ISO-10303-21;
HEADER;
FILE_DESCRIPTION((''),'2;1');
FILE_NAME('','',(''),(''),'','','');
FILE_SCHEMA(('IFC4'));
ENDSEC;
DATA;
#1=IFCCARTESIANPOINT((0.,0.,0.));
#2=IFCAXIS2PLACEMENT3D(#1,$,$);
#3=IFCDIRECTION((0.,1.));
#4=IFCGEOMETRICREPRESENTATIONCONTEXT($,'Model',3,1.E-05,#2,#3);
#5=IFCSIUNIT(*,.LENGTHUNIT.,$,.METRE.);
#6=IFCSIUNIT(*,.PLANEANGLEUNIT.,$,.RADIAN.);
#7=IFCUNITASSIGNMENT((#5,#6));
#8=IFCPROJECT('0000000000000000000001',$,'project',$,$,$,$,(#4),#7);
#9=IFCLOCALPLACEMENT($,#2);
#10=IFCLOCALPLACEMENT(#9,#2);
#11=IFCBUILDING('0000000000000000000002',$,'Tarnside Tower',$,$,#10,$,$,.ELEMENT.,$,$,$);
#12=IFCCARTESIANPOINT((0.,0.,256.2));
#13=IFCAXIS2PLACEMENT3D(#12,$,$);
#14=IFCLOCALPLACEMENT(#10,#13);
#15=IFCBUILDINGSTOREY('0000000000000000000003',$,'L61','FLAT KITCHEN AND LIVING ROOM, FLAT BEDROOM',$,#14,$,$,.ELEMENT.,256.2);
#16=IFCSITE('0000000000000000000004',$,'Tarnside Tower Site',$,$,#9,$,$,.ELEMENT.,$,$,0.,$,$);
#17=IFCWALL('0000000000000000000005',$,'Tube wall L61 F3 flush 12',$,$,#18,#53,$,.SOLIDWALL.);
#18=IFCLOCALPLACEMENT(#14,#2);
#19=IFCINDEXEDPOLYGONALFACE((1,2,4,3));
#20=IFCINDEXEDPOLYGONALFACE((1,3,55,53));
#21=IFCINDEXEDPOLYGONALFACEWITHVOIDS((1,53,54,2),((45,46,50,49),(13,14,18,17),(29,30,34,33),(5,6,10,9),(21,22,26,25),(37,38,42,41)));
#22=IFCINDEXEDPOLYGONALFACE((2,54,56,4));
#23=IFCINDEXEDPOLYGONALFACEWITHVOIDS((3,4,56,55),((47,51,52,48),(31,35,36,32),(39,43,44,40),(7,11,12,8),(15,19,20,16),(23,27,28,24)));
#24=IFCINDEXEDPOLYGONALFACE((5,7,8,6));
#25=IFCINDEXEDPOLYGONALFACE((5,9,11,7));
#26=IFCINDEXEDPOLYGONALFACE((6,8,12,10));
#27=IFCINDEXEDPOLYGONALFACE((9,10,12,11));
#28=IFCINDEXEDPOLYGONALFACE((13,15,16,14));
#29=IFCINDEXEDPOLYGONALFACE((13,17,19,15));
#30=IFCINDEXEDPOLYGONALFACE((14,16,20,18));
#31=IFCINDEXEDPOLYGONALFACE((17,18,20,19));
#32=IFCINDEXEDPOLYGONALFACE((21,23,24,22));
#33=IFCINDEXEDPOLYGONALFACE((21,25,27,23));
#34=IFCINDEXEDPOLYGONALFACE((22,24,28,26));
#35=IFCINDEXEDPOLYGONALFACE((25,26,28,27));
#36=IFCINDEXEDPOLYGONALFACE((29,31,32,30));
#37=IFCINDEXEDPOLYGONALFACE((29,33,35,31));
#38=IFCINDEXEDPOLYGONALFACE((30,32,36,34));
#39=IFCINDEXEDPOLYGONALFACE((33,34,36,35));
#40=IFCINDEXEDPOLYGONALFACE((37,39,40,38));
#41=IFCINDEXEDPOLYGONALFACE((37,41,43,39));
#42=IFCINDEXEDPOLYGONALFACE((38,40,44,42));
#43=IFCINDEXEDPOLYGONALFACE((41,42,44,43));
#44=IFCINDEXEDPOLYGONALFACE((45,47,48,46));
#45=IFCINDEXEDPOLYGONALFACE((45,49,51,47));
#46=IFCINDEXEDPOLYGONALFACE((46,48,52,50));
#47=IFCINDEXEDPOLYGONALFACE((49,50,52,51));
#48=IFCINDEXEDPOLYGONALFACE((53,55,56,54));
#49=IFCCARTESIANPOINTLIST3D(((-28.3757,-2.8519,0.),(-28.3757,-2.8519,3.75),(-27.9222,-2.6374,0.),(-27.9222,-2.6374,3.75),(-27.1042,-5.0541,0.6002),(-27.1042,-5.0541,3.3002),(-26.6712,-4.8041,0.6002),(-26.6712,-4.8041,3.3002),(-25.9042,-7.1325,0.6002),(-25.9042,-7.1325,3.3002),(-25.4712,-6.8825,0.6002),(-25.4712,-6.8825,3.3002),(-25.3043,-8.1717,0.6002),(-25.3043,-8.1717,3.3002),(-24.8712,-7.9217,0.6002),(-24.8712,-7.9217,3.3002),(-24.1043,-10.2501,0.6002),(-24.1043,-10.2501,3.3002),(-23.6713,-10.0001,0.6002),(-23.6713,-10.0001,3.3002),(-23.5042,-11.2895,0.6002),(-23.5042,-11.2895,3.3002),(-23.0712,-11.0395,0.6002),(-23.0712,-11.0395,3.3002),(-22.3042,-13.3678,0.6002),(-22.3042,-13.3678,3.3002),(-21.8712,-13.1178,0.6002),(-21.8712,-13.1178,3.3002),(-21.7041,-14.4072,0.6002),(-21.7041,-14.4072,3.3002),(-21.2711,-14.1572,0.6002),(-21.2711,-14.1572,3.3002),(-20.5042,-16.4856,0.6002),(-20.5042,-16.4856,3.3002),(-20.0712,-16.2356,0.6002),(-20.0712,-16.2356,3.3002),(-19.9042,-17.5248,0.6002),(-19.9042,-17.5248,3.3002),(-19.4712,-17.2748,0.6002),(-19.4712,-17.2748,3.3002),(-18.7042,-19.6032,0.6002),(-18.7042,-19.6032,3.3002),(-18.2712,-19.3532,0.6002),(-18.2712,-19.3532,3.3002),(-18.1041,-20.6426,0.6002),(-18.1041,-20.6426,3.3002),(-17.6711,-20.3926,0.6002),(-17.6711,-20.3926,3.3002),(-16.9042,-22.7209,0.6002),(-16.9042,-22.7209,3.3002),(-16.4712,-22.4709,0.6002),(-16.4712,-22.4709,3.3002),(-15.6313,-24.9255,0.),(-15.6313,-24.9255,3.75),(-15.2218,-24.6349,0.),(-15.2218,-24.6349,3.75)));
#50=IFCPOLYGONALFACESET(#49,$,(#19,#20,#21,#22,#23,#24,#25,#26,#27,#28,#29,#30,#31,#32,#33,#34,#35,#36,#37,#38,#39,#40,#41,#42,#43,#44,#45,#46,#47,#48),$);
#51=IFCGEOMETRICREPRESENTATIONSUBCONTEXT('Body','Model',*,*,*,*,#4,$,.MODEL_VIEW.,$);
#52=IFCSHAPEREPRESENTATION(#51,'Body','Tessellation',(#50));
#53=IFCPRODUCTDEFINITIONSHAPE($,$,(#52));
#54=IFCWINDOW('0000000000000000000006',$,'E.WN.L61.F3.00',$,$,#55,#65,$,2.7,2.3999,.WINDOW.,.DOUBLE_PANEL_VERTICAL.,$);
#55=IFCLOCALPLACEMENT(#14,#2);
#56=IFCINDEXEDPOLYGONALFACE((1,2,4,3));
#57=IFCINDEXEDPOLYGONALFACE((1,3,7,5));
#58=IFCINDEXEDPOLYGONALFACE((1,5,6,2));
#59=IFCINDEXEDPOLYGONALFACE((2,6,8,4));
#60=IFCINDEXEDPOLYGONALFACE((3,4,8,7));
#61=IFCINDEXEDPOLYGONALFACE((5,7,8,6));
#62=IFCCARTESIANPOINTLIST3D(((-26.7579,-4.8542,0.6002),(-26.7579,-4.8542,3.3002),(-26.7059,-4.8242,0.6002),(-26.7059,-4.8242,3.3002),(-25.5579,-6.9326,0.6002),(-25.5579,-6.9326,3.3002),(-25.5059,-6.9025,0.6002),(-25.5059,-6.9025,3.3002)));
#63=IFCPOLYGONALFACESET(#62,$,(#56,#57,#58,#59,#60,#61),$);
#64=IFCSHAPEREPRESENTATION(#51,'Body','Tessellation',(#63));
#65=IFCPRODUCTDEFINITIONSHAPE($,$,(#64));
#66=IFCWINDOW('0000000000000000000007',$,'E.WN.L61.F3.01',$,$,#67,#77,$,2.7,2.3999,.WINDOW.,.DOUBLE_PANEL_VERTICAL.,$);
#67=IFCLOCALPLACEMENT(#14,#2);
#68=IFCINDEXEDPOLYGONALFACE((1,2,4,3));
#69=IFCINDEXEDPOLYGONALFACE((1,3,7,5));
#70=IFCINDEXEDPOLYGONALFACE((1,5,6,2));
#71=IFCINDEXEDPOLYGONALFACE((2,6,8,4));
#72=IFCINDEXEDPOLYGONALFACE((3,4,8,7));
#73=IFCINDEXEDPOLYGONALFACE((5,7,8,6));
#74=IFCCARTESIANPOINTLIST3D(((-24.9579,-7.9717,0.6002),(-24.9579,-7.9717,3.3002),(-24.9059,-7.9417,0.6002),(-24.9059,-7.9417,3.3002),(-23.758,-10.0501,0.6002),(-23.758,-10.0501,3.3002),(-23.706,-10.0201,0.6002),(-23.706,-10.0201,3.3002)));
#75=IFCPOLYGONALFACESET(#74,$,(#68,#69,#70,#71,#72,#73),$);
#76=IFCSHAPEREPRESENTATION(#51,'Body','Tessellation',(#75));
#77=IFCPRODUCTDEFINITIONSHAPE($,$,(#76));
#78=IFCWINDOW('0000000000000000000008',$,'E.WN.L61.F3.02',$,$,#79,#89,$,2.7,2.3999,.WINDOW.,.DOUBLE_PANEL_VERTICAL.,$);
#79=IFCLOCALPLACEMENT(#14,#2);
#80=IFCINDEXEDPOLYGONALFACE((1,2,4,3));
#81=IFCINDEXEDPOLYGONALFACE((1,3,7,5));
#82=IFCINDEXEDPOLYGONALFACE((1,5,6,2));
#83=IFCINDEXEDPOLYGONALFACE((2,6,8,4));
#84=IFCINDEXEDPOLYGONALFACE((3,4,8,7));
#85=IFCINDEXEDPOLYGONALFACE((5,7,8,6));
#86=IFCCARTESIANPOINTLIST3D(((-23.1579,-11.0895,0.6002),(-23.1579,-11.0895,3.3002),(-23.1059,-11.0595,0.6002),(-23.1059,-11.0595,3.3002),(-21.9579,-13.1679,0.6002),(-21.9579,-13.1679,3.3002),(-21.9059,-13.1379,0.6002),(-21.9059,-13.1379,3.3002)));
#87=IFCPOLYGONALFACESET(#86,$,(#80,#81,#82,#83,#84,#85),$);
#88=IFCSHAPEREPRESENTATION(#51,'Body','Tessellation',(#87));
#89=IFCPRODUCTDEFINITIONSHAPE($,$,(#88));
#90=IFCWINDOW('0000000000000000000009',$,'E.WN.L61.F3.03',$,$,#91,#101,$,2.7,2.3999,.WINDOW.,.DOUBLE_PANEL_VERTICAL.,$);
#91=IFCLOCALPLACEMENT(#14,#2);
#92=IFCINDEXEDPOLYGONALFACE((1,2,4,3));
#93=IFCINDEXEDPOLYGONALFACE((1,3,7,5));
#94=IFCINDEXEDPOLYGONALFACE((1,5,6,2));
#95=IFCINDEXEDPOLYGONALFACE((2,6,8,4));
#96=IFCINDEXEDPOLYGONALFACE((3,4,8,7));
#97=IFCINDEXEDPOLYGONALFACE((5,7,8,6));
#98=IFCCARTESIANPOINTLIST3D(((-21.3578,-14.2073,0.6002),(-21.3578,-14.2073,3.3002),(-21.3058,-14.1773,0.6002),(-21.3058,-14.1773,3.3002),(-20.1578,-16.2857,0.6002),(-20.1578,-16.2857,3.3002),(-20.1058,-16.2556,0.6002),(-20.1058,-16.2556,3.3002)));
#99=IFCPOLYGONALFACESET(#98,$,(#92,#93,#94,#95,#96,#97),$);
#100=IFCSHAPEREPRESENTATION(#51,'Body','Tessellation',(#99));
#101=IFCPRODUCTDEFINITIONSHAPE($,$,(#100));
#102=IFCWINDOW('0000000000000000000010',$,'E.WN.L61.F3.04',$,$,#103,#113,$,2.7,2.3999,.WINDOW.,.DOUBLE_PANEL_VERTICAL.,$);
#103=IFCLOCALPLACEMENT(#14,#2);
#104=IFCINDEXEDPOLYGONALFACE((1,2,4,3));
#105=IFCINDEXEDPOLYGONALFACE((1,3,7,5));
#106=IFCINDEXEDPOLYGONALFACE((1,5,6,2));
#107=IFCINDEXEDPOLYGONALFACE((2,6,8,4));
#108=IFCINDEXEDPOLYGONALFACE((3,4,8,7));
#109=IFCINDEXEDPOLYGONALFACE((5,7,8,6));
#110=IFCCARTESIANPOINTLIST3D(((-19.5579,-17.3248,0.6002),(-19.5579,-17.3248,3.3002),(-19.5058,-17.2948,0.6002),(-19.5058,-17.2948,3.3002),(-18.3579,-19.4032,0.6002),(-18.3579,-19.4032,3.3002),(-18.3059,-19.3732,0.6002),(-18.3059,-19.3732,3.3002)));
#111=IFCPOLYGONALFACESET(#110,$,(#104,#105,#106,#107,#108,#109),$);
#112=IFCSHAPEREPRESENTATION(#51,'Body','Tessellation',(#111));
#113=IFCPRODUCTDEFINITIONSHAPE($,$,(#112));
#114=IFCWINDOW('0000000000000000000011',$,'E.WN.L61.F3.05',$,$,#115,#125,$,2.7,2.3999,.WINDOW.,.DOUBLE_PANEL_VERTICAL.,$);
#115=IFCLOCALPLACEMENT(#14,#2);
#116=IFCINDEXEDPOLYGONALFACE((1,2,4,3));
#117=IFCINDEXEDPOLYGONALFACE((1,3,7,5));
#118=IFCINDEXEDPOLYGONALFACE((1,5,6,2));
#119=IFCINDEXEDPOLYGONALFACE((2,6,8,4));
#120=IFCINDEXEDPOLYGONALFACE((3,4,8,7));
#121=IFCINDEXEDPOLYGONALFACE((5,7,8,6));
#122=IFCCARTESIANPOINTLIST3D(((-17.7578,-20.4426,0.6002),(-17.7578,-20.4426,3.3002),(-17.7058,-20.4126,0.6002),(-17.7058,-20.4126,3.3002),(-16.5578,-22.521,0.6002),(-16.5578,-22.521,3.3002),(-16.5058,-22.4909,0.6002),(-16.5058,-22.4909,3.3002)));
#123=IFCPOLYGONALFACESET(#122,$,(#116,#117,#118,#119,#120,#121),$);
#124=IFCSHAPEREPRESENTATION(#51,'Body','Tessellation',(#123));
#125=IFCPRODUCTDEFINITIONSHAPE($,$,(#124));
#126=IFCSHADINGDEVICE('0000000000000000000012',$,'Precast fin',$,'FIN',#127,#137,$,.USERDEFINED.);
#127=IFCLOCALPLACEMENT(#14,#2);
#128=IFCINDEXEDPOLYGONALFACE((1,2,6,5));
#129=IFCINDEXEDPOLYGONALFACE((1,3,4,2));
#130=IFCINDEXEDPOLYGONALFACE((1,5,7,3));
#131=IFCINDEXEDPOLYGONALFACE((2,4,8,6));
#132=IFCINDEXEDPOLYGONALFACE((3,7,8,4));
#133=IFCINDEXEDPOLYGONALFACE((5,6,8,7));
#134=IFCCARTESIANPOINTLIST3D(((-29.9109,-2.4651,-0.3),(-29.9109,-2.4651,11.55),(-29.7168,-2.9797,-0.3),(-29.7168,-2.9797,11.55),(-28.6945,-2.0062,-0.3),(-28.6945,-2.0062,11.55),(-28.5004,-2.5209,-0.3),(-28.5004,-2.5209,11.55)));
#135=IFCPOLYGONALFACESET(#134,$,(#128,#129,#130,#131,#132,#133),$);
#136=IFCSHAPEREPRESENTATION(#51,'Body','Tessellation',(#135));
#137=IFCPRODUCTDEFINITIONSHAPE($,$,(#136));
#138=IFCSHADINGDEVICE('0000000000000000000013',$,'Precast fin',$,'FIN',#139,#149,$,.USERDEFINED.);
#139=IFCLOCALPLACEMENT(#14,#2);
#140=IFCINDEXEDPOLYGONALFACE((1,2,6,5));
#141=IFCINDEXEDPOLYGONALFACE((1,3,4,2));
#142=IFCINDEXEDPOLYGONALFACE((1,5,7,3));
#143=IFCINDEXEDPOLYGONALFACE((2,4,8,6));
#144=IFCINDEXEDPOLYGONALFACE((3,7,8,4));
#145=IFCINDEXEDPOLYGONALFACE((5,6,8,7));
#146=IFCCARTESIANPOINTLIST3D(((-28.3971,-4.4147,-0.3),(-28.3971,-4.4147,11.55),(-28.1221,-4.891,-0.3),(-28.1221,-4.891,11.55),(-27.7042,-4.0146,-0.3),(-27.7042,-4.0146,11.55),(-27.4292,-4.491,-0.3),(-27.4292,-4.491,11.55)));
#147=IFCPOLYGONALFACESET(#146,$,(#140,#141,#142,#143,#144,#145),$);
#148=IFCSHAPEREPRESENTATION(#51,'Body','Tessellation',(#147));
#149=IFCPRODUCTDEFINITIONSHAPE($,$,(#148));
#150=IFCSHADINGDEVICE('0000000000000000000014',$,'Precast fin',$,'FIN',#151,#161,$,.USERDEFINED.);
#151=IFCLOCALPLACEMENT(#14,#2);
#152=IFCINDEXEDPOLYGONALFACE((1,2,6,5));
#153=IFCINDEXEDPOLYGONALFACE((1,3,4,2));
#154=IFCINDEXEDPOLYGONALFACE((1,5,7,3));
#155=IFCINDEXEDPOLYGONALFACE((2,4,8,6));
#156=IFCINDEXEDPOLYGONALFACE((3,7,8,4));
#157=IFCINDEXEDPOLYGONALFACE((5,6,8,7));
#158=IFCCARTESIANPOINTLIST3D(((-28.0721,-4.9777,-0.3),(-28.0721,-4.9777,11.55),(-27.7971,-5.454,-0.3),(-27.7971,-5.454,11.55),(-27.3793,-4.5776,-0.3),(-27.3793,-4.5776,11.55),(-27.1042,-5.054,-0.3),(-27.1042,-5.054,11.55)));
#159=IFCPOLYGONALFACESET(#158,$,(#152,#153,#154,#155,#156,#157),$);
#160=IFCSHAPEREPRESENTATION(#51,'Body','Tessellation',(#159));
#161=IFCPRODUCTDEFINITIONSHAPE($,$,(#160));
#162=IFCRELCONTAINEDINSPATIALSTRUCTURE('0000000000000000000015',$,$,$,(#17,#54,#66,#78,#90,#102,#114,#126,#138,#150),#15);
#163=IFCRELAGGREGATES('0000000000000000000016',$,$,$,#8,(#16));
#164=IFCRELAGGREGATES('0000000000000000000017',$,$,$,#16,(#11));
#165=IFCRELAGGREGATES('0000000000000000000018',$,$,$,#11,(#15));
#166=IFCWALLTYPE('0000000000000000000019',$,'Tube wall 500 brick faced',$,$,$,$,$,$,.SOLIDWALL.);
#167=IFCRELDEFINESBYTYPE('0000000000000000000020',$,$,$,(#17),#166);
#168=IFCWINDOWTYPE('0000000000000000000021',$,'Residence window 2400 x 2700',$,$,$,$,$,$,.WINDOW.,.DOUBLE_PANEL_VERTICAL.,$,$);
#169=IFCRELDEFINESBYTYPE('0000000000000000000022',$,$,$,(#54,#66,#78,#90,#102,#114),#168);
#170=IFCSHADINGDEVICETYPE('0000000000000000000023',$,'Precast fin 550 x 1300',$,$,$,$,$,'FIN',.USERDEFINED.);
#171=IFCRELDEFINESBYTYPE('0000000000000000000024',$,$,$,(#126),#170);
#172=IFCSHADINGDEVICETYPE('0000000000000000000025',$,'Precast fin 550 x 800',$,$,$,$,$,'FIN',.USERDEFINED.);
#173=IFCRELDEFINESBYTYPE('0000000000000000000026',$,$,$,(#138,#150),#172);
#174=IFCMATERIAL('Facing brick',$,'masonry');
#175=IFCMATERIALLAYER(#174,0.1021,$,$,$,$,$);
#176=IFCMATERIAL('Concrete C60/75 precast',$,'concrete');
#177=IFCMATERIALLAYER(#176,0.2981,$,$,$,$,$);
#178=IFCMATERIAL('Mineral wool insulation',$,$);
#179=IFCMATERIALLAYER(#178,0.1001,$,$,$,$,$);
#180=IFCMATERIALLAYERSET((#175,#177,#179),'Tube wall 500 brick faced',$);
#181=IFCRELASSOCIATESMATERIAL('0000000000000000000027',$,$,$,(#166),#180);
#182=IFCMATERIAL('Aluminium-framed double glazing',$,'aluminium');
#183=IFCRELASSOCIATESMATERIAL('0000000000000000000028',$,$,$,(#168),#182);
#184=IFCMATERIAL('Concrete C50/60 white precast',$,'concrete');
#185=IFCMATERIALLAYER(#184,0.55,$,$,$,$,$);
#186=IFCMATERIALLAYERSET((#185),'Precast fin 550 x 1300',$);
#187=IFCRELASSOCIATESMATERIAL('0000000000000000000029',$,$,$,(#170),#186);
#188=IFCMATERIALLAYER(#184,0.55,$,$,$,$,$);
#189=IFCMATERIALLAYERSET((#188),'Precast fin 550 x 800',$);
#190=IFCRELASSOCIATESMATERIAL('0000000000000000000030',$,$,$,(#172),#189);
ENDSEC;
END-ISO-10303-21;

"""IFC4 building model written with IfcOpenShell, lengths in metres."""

from ifc_helpers import new_model, si_unit, direction, frame, frame_2d, origin, place, context, subcontext, project, spatial, polyline, rectangle, outline, extrude, material, layer, layer_set, type_object, element, fill, save


model = new_model("IFC4")

# Units and contexts
model_context = context("Model", 3, precision=1e-05, world=origin(), true_north=direction((0.0, 1.0)))
body_context = subcontext(model_context, "Body", "Model", "MODEL_VIEW")
ifc_project = project(units=[si_unit("LENGTHUNIT", "METRE"), si_unit("PLANEANGLEUNIT", "RADIAN")], contexts=[model_context])

# Site, building, storey
site_placement = place(None, origin())
site = spatial("IfcSite", under=ifc_project, at=site_placement, Name="Tarnside Tower Site", CompositionType="ELEMENT", RefElevation=0.0)
building_placement = place(site_placement, origin())
building = spatial("IfcBuilding", under=site, at=building_placement, Name="Tarnside Tower", CompositionType="ELEMENT")
storey_placement = place(building_placement, frame((0.0, 0.0, 256.2)))
storey = spatial("IfcBuildingStorey", under=building, at=storey_placement, Name="L61", Description="FLAT KITCHEN AND LIVING ROOM, FLAT BEDROOM", CompositionType="ELEMENT", Elevation=256.2)

# Wall, openings, windows
ifc_material_1 = material(Name="Facing brick", Category="masonry")
ifc_layer_1 = layer(ifc_material_1, 0.1021)
ifc_material_2 = material(Name="Concrete C60/75 precast", Category="concrete")
ifc_layer_2 = layer(ifc_material_2, 0.2981)
ifc_material_3 = material(Name="Mineral wool insulation")
ifc_layer_3 = layer(ifc_material_3, 0.1001)
ifc_layer_set_1 = layer_set([ifc_layer_1, ifc_layer_2, ifc_layer_3], Name="Tube wall 500 brick faced")
wall_type_1 = type_object("IfcWallType", Name="Tube wall 500 brick faced", PredefinedType="SOLIDWALL", material=ifc_layer_set_1)
wall_1_placement = place(storey_placement, frame((-28.1489, -2.7446, 0.0), z_axis=(0.0, 0.0, 1.0), x_axis=(0.500004, -0.866023, 0.0)))
wall_1 = element("IfcWall", 1, at=wall_1_placement, inside=storey, type_object=wall_type_1, Name="Tube wall L61 F3 flush 12", PredefinedType="SOLIDWALL", context=body_context, shape_type="SweptSolid", body=[
    extrude(outline(polyline([(-0.0205, -0.25), (25.468, -0.25), (25.4211, 0.25), (0.0205, 0.25), (-0.0205, -0.25)])), origin(), (0.0, 0.0, 1.0), 3.75),
])
opening_1_placement = place(wall_1_placement, frame((2.5225, 0.0, 0.6001)))
opening_1 = element("IfcOpeningElement", 2, at=opening_1_placement, cuts=wall_1, PredefinedType="OPENING", context=body_context, shape_type="SweptSolid", body=[
    extrude(rectangle(XDim=2.3999, YDim=2.7, at=frame_2d((1.2, 1.3501))), frame((0.0, 0.26, 0.0), z_axis=(0.0, -1.0, 0.0), x_axis=(1.0, 0.0, 0.0)), (0.0, 0.0, 1.0), 0.52),
])
opening_2_placement = place(wall_1_placement, frame((6.1223, 0.0, 0.6001)))
opening_2 = element("IfcOpeningElement", 3, at=opening_2_placement, cuts=wall_1, PredefinedType="OPENING", context=body_context, shape_type="SweptSolid", body=[
    extrude(rectangle(XDim=2.3999, YDim=2.7, at=frame_2d((1.2, 1.3501))), frame((0.0, 0.26, 0.0), z_axis=(0.0, -1.0, 0.0), x_axis=(1.0, 0.0, 0.0)), (0.0, 0.0, 1.0), 0.52),
])
opening_3_placement = place(wall_1_placement, frame((9.7224, 0.0, 0.6001)))
opening_3 = element("IfcOpeningElement", 4, at=opening_3_placement, cuts=wall_1, PredefinedType="OPENING", context=body_context, shape_type="SweptSolid", body=[
    extrude(rectangle(XDim=2.3999, YDim=2.7, at=frame_2d((1.2, 1.3501))), frame((0.0, 0.26, 0.0), z_axis=(0.0, -1.0, 0.0), x_axis=(1.0, 0.0, 0.0)), (0.0, 0.0, 1.0), 0.52),
])
opening_4_placement = place(wall_1_placement, frame((13.3225, 0.0, 0.6001)))
opening_4 = element("IfcOpeningElement", 5, at=opening_4_placement, cuts=wall_1, PredefinedType="OPENING", context=body_context, shape_type="SweptSolid", body=[
    extrude(rectangle(XDim=2.3999, YDim=2.7, at=frame_2d((1.2, 1.3501))), frame((0.0, 0.26, 0.0), z_axis=(0.0, -1.0, 0.0), x_axis=(1.0, 0.0, 0.0)), (0.0, 0.0, 1.0), 0.52),
])
opening_5_placement = place(wall_1_placement, frame((16.9224, 0.0, 0.6001)))
opening_5 = element("IfcOpeningElement", 6, at=opening_5_placement, cuts=wall_1, PredefinedType="OPENING", context=body_context, shape_type="SweptSolid", body=[
    extrude(rectangle(XDim=2.3999, YDim=2.7, at=frame_2d((1.2, 1.3501))), frame((0.0, 0.26, 0.0), z_axis=(0.0, -1.0, 0.0), x_axis=(1.0, 0.0, 0.0)), (0.0, 0.0, 1.0), 0.52),
])
opening_6_placement = place(wall_1_placement, frame((20.5225, 0.0, 0.6001)))
opening_6 = element("IfcOpeningElement", 7, at=opening_6_placement, cuts=wall_1, PredefinedType="OPENING", context=body_context, shape_type="SweptSolid", body=[
    extrude(rectangle(XDim=2.3999, YDim=2.7, at=frame_2d((1.2, 1.3501))), frame((0.0, 0.26, 0.0), z_axis=(0.0, -1.0, 0.0), x_axis=(1.0, 0.0, 0.0)), (0.0, 0.0, 1.0), 0.52),
])
ifc_material_4 = material(Name="Aluminium-framed double glazing", Category="aluminium")
window_type = type_object("IfcWindowType", Name="Residence window 2400 x 2700", PartitioningType="DOUBLE_PANEL_VERTICAL", PredefinedType="WINDOW", material=ifc_material_4)
window_1_placement = place(opening_1_placement, frame((0.0, 0.1799, 0.0)))
window_1 = element("IfcWindow", 8, at=window_1_placement, inside=storey, type_object=window_type, Name="E.WN.L61.F3.00", OverallHeight=2.7, OverallWidth=2.3999, PartitioningType="DOUBLE_PANEL_VERTICAL", PredefinedType="WINDOW", context=body_context, shape_type="SweptSolid", body=[
    extrude(rectangle(XDim=2.3999, YDim=2.7, at=frame_2d((1.2, 1.3501))), frame((0.0, 0.03, 0.0), z_axis=(0.0, -1.0, 0.0), x_axis=(1.0, 0.0, 0.0)), (0.0, 0.0, 1.0), 0.0601),
])
fill(opening_1, window_1)
window_2_placement = place(opening_2_placement, frame((0.0, 0.1799, 0.0)))
window_2 = element("IfcWindow", 9, at=window_2_placement, inside=storey, type_object=window_type, Name="E.WN.L61.F3.01", OverallHeight=2.7, OverallWidth=2.3999, PartitioningType="DOUBLE_PANEL_VERTICAL", PredefinedType="WINDOW", context=body_context, shape_type="SweptSolid", body=[
    extrude(rectangle(XDim=2.3999, YDim=2.7, at=frame_2d((1.2, 1.3501))), frame((0.0, 0.03, 0.0), z_axis=(0.0, -1.0, 0.0), x_axis=(1.0, 0.0, 0.0)), (0.0, 0.0, 1.0), 0.0601),
])
fill(opening_2, window_2)
window_3_placement = place(opening_3_placement, frame((0.0, 0.1799, 0.0)))
window_3 = element("IfcWindow", 10, at=window_3_placement, inside=storey, type_object=window_type, Name="E.WN.L61.F3.02", OverallHeight=2.7, OverallWidth=2.3999, PartitioningType="DOUBLE_PANEL_VERTICAL", PredefinedType="WINDOW", context=body_context, shape_type="SweptSolid", body=[
    extrude(rectangle(XDim=2.3999, YDim=2.7, at=frame_2d((1.2, 1.3501))), frame((0.0, 0.03, 0.0), z_axis=(0.0, -1.0, 0.0), x_axis=(1.0, 0.0, 0.0)), (0.0, 0.0, 1.0), 0.0601),
])
fill(opening_3, window_3)
window_4_placement = place(opening_4_placement, frame((0.0, 0.1799, 0.0)))
window_4 = element("IfcWindow", 11, at=window_4_placement, inside=storey, type_object=window_type, Name="E.WN.L61.F3.03", OverallHeight=2.7, OverallWidth=2.3999, PartitioningType="DOUBLE_PANEL_VERTICAL", PredefinedType="WINDOW", context=body_context, shape_type="SweptSolid", body=[
    extrude(rectangle(XDim=2.3999, YDim=2.7, at=frame_2d((1.2, 1.3501))), frame((0.0, 0.03, 0.0), z_axis=(0.0, -1.0, 0.0), x_axis=(1.0, 0.0, 0.0)), (0.0, 0.0, 1.0), 0.0601),
])
fill(opening_4, window_4)
window_5_placement = place(opening_5_placement, frame((0.0, 0.1799, 0.0)))
window_5 = element("IfcWindow", 12, at=window_5_placement, inside=storey, type_object=window_type, Name="E.WN.L61.F3.04", OverallHeight=2.7, OverallWidth=2.3999, PartitioningType="DOUBLE_PANEL_VERTICAL", PredefinedType="WINDOW", context=body_context, shape_type="SweptSolid", body=[
    extrude(rectangle(XDim=2.3999, YDim=2.7, at=frame_2d((1.2, 1.3501))), frame((0.0, 0.03, 0.0), z_axis=(0.0, -1.0, 0.0), x_axis=(1.0, 0.0, 0.0)), (0.0, 0.0, 1.0), 0.0601),
])
fill(opening_5, window_5)
window_6_placement = place(opening_6_placement, frame((0.0, 0.1799, 0.0)))
window_6 = element("IfcWindow", 13, at=window_6_placement, inside=storey, type_object=window_type, Name="E.WN.L61.F3.05", OverallHeight=2.7, OverallWidth=2.3999, PartitioningType="DOUBLE_PANEL_VERTICAL", PredefinedType="WINDOW", context=body_context, shape_type="SweptSolid", body=[
    extrude(rectangle(XDim=2.3999, YDim=2.7, at=frame_2d((1.2, 1.3501))), frame((0.0, 0.03, 0.0), z_axis=(0.0, -1.0, 0.0), x_axis=(1.0, 0.0, 0.0)), (0.0, 0.0, 1.0), 0.0601),
])
fill(opening_6, window_6)

# Shading devices
ifc_material_5 = material(Name="Concrete C50/60 white precast", Category="concrete")
ifc_layer_4 = layer(ifc_material_5, 0.55)
ifc_layer_set_2 = layer_set([ifc_layer_4], Name="Precast fin 550 x 1300")
shading_device_type_1 = type_object("IfcShadingDeviceType", Name="Precast fin 550 x 1300", ElementType="FIN", PredefinedType="USERDEFINED", material=ifc_layer_set_2)
shading_device_placement = place(storey_placement, frame((-28.5974, -2.2637, -0.3), z_axis=(-0.352931, 0.93565, 0.0), x_axis=(-0.93565, -0.352931, 0.0)))
element("IfcShadingDevice", 14, at=shading_device_placement, inside=storey, type_object=shading_device_type_1, Name="Precast fin", ObjectType="FIN", PredefinedType="USERDEFINED", context=body_context, shape_type="SweptSolid", body=[
    extrude(outline(polyline([(0.0, 0.0), (1.3, 0.0), (1.3, 11.8501), (0.0, 11.8501), (0.0, 0.0)])), frame((0.0, 0.0, -0.2749)), (0.0, 0.0, 1.0), 0.55),
])
ifc_layer_5 = layer(ifc_material_5, 0.55)
ifc_layer_set_3 = layer_set([ifc_layer_5], Name="Precast fin 550 x 800")
shading_device_type_2 = type_object("IfcShadingDeviceType", Name="Precast fin 550 x 800", ElementType="FIN", PredefinedType="USERDEFINED", material=ifc_layer_set_3)
for number, where, z_axis, x_axis, name in (
    (15, (-27.5667, -4.2529, -0.3), (-0.5, 0.866025, 0.0), (-0.866025, -0.5, 0.0), "Precast fin"),
    (16, (-27.2417, -4.8159, -0.3), (-0.5, 0.866025, 0.0), (-0.866025, -0.5, 0.0), "Precast fin"),
):
    element("IfcShadingDevice", number, at=place(storey_placement, frame(where, z_axis=z_axis, x_axis=x_axis)), inside=storey, type_object=shading_device_type_2, Name=name, ObjectType="FIN", PredefinedType="USERDEFINED", context=body_context, shape_type="SweptSolid", body=[
        extrude(outline(polyline([(0.0, 0.0), (0.8, 0.0), (0.8, 11.8501), (0.0, 11.8501), (0.0, 0.0)])), frame((0.0, 0.0, -0.2749)), (0.0, 0.0, 1.0), 0.55),
    ])

save(model, "model.ifc")
